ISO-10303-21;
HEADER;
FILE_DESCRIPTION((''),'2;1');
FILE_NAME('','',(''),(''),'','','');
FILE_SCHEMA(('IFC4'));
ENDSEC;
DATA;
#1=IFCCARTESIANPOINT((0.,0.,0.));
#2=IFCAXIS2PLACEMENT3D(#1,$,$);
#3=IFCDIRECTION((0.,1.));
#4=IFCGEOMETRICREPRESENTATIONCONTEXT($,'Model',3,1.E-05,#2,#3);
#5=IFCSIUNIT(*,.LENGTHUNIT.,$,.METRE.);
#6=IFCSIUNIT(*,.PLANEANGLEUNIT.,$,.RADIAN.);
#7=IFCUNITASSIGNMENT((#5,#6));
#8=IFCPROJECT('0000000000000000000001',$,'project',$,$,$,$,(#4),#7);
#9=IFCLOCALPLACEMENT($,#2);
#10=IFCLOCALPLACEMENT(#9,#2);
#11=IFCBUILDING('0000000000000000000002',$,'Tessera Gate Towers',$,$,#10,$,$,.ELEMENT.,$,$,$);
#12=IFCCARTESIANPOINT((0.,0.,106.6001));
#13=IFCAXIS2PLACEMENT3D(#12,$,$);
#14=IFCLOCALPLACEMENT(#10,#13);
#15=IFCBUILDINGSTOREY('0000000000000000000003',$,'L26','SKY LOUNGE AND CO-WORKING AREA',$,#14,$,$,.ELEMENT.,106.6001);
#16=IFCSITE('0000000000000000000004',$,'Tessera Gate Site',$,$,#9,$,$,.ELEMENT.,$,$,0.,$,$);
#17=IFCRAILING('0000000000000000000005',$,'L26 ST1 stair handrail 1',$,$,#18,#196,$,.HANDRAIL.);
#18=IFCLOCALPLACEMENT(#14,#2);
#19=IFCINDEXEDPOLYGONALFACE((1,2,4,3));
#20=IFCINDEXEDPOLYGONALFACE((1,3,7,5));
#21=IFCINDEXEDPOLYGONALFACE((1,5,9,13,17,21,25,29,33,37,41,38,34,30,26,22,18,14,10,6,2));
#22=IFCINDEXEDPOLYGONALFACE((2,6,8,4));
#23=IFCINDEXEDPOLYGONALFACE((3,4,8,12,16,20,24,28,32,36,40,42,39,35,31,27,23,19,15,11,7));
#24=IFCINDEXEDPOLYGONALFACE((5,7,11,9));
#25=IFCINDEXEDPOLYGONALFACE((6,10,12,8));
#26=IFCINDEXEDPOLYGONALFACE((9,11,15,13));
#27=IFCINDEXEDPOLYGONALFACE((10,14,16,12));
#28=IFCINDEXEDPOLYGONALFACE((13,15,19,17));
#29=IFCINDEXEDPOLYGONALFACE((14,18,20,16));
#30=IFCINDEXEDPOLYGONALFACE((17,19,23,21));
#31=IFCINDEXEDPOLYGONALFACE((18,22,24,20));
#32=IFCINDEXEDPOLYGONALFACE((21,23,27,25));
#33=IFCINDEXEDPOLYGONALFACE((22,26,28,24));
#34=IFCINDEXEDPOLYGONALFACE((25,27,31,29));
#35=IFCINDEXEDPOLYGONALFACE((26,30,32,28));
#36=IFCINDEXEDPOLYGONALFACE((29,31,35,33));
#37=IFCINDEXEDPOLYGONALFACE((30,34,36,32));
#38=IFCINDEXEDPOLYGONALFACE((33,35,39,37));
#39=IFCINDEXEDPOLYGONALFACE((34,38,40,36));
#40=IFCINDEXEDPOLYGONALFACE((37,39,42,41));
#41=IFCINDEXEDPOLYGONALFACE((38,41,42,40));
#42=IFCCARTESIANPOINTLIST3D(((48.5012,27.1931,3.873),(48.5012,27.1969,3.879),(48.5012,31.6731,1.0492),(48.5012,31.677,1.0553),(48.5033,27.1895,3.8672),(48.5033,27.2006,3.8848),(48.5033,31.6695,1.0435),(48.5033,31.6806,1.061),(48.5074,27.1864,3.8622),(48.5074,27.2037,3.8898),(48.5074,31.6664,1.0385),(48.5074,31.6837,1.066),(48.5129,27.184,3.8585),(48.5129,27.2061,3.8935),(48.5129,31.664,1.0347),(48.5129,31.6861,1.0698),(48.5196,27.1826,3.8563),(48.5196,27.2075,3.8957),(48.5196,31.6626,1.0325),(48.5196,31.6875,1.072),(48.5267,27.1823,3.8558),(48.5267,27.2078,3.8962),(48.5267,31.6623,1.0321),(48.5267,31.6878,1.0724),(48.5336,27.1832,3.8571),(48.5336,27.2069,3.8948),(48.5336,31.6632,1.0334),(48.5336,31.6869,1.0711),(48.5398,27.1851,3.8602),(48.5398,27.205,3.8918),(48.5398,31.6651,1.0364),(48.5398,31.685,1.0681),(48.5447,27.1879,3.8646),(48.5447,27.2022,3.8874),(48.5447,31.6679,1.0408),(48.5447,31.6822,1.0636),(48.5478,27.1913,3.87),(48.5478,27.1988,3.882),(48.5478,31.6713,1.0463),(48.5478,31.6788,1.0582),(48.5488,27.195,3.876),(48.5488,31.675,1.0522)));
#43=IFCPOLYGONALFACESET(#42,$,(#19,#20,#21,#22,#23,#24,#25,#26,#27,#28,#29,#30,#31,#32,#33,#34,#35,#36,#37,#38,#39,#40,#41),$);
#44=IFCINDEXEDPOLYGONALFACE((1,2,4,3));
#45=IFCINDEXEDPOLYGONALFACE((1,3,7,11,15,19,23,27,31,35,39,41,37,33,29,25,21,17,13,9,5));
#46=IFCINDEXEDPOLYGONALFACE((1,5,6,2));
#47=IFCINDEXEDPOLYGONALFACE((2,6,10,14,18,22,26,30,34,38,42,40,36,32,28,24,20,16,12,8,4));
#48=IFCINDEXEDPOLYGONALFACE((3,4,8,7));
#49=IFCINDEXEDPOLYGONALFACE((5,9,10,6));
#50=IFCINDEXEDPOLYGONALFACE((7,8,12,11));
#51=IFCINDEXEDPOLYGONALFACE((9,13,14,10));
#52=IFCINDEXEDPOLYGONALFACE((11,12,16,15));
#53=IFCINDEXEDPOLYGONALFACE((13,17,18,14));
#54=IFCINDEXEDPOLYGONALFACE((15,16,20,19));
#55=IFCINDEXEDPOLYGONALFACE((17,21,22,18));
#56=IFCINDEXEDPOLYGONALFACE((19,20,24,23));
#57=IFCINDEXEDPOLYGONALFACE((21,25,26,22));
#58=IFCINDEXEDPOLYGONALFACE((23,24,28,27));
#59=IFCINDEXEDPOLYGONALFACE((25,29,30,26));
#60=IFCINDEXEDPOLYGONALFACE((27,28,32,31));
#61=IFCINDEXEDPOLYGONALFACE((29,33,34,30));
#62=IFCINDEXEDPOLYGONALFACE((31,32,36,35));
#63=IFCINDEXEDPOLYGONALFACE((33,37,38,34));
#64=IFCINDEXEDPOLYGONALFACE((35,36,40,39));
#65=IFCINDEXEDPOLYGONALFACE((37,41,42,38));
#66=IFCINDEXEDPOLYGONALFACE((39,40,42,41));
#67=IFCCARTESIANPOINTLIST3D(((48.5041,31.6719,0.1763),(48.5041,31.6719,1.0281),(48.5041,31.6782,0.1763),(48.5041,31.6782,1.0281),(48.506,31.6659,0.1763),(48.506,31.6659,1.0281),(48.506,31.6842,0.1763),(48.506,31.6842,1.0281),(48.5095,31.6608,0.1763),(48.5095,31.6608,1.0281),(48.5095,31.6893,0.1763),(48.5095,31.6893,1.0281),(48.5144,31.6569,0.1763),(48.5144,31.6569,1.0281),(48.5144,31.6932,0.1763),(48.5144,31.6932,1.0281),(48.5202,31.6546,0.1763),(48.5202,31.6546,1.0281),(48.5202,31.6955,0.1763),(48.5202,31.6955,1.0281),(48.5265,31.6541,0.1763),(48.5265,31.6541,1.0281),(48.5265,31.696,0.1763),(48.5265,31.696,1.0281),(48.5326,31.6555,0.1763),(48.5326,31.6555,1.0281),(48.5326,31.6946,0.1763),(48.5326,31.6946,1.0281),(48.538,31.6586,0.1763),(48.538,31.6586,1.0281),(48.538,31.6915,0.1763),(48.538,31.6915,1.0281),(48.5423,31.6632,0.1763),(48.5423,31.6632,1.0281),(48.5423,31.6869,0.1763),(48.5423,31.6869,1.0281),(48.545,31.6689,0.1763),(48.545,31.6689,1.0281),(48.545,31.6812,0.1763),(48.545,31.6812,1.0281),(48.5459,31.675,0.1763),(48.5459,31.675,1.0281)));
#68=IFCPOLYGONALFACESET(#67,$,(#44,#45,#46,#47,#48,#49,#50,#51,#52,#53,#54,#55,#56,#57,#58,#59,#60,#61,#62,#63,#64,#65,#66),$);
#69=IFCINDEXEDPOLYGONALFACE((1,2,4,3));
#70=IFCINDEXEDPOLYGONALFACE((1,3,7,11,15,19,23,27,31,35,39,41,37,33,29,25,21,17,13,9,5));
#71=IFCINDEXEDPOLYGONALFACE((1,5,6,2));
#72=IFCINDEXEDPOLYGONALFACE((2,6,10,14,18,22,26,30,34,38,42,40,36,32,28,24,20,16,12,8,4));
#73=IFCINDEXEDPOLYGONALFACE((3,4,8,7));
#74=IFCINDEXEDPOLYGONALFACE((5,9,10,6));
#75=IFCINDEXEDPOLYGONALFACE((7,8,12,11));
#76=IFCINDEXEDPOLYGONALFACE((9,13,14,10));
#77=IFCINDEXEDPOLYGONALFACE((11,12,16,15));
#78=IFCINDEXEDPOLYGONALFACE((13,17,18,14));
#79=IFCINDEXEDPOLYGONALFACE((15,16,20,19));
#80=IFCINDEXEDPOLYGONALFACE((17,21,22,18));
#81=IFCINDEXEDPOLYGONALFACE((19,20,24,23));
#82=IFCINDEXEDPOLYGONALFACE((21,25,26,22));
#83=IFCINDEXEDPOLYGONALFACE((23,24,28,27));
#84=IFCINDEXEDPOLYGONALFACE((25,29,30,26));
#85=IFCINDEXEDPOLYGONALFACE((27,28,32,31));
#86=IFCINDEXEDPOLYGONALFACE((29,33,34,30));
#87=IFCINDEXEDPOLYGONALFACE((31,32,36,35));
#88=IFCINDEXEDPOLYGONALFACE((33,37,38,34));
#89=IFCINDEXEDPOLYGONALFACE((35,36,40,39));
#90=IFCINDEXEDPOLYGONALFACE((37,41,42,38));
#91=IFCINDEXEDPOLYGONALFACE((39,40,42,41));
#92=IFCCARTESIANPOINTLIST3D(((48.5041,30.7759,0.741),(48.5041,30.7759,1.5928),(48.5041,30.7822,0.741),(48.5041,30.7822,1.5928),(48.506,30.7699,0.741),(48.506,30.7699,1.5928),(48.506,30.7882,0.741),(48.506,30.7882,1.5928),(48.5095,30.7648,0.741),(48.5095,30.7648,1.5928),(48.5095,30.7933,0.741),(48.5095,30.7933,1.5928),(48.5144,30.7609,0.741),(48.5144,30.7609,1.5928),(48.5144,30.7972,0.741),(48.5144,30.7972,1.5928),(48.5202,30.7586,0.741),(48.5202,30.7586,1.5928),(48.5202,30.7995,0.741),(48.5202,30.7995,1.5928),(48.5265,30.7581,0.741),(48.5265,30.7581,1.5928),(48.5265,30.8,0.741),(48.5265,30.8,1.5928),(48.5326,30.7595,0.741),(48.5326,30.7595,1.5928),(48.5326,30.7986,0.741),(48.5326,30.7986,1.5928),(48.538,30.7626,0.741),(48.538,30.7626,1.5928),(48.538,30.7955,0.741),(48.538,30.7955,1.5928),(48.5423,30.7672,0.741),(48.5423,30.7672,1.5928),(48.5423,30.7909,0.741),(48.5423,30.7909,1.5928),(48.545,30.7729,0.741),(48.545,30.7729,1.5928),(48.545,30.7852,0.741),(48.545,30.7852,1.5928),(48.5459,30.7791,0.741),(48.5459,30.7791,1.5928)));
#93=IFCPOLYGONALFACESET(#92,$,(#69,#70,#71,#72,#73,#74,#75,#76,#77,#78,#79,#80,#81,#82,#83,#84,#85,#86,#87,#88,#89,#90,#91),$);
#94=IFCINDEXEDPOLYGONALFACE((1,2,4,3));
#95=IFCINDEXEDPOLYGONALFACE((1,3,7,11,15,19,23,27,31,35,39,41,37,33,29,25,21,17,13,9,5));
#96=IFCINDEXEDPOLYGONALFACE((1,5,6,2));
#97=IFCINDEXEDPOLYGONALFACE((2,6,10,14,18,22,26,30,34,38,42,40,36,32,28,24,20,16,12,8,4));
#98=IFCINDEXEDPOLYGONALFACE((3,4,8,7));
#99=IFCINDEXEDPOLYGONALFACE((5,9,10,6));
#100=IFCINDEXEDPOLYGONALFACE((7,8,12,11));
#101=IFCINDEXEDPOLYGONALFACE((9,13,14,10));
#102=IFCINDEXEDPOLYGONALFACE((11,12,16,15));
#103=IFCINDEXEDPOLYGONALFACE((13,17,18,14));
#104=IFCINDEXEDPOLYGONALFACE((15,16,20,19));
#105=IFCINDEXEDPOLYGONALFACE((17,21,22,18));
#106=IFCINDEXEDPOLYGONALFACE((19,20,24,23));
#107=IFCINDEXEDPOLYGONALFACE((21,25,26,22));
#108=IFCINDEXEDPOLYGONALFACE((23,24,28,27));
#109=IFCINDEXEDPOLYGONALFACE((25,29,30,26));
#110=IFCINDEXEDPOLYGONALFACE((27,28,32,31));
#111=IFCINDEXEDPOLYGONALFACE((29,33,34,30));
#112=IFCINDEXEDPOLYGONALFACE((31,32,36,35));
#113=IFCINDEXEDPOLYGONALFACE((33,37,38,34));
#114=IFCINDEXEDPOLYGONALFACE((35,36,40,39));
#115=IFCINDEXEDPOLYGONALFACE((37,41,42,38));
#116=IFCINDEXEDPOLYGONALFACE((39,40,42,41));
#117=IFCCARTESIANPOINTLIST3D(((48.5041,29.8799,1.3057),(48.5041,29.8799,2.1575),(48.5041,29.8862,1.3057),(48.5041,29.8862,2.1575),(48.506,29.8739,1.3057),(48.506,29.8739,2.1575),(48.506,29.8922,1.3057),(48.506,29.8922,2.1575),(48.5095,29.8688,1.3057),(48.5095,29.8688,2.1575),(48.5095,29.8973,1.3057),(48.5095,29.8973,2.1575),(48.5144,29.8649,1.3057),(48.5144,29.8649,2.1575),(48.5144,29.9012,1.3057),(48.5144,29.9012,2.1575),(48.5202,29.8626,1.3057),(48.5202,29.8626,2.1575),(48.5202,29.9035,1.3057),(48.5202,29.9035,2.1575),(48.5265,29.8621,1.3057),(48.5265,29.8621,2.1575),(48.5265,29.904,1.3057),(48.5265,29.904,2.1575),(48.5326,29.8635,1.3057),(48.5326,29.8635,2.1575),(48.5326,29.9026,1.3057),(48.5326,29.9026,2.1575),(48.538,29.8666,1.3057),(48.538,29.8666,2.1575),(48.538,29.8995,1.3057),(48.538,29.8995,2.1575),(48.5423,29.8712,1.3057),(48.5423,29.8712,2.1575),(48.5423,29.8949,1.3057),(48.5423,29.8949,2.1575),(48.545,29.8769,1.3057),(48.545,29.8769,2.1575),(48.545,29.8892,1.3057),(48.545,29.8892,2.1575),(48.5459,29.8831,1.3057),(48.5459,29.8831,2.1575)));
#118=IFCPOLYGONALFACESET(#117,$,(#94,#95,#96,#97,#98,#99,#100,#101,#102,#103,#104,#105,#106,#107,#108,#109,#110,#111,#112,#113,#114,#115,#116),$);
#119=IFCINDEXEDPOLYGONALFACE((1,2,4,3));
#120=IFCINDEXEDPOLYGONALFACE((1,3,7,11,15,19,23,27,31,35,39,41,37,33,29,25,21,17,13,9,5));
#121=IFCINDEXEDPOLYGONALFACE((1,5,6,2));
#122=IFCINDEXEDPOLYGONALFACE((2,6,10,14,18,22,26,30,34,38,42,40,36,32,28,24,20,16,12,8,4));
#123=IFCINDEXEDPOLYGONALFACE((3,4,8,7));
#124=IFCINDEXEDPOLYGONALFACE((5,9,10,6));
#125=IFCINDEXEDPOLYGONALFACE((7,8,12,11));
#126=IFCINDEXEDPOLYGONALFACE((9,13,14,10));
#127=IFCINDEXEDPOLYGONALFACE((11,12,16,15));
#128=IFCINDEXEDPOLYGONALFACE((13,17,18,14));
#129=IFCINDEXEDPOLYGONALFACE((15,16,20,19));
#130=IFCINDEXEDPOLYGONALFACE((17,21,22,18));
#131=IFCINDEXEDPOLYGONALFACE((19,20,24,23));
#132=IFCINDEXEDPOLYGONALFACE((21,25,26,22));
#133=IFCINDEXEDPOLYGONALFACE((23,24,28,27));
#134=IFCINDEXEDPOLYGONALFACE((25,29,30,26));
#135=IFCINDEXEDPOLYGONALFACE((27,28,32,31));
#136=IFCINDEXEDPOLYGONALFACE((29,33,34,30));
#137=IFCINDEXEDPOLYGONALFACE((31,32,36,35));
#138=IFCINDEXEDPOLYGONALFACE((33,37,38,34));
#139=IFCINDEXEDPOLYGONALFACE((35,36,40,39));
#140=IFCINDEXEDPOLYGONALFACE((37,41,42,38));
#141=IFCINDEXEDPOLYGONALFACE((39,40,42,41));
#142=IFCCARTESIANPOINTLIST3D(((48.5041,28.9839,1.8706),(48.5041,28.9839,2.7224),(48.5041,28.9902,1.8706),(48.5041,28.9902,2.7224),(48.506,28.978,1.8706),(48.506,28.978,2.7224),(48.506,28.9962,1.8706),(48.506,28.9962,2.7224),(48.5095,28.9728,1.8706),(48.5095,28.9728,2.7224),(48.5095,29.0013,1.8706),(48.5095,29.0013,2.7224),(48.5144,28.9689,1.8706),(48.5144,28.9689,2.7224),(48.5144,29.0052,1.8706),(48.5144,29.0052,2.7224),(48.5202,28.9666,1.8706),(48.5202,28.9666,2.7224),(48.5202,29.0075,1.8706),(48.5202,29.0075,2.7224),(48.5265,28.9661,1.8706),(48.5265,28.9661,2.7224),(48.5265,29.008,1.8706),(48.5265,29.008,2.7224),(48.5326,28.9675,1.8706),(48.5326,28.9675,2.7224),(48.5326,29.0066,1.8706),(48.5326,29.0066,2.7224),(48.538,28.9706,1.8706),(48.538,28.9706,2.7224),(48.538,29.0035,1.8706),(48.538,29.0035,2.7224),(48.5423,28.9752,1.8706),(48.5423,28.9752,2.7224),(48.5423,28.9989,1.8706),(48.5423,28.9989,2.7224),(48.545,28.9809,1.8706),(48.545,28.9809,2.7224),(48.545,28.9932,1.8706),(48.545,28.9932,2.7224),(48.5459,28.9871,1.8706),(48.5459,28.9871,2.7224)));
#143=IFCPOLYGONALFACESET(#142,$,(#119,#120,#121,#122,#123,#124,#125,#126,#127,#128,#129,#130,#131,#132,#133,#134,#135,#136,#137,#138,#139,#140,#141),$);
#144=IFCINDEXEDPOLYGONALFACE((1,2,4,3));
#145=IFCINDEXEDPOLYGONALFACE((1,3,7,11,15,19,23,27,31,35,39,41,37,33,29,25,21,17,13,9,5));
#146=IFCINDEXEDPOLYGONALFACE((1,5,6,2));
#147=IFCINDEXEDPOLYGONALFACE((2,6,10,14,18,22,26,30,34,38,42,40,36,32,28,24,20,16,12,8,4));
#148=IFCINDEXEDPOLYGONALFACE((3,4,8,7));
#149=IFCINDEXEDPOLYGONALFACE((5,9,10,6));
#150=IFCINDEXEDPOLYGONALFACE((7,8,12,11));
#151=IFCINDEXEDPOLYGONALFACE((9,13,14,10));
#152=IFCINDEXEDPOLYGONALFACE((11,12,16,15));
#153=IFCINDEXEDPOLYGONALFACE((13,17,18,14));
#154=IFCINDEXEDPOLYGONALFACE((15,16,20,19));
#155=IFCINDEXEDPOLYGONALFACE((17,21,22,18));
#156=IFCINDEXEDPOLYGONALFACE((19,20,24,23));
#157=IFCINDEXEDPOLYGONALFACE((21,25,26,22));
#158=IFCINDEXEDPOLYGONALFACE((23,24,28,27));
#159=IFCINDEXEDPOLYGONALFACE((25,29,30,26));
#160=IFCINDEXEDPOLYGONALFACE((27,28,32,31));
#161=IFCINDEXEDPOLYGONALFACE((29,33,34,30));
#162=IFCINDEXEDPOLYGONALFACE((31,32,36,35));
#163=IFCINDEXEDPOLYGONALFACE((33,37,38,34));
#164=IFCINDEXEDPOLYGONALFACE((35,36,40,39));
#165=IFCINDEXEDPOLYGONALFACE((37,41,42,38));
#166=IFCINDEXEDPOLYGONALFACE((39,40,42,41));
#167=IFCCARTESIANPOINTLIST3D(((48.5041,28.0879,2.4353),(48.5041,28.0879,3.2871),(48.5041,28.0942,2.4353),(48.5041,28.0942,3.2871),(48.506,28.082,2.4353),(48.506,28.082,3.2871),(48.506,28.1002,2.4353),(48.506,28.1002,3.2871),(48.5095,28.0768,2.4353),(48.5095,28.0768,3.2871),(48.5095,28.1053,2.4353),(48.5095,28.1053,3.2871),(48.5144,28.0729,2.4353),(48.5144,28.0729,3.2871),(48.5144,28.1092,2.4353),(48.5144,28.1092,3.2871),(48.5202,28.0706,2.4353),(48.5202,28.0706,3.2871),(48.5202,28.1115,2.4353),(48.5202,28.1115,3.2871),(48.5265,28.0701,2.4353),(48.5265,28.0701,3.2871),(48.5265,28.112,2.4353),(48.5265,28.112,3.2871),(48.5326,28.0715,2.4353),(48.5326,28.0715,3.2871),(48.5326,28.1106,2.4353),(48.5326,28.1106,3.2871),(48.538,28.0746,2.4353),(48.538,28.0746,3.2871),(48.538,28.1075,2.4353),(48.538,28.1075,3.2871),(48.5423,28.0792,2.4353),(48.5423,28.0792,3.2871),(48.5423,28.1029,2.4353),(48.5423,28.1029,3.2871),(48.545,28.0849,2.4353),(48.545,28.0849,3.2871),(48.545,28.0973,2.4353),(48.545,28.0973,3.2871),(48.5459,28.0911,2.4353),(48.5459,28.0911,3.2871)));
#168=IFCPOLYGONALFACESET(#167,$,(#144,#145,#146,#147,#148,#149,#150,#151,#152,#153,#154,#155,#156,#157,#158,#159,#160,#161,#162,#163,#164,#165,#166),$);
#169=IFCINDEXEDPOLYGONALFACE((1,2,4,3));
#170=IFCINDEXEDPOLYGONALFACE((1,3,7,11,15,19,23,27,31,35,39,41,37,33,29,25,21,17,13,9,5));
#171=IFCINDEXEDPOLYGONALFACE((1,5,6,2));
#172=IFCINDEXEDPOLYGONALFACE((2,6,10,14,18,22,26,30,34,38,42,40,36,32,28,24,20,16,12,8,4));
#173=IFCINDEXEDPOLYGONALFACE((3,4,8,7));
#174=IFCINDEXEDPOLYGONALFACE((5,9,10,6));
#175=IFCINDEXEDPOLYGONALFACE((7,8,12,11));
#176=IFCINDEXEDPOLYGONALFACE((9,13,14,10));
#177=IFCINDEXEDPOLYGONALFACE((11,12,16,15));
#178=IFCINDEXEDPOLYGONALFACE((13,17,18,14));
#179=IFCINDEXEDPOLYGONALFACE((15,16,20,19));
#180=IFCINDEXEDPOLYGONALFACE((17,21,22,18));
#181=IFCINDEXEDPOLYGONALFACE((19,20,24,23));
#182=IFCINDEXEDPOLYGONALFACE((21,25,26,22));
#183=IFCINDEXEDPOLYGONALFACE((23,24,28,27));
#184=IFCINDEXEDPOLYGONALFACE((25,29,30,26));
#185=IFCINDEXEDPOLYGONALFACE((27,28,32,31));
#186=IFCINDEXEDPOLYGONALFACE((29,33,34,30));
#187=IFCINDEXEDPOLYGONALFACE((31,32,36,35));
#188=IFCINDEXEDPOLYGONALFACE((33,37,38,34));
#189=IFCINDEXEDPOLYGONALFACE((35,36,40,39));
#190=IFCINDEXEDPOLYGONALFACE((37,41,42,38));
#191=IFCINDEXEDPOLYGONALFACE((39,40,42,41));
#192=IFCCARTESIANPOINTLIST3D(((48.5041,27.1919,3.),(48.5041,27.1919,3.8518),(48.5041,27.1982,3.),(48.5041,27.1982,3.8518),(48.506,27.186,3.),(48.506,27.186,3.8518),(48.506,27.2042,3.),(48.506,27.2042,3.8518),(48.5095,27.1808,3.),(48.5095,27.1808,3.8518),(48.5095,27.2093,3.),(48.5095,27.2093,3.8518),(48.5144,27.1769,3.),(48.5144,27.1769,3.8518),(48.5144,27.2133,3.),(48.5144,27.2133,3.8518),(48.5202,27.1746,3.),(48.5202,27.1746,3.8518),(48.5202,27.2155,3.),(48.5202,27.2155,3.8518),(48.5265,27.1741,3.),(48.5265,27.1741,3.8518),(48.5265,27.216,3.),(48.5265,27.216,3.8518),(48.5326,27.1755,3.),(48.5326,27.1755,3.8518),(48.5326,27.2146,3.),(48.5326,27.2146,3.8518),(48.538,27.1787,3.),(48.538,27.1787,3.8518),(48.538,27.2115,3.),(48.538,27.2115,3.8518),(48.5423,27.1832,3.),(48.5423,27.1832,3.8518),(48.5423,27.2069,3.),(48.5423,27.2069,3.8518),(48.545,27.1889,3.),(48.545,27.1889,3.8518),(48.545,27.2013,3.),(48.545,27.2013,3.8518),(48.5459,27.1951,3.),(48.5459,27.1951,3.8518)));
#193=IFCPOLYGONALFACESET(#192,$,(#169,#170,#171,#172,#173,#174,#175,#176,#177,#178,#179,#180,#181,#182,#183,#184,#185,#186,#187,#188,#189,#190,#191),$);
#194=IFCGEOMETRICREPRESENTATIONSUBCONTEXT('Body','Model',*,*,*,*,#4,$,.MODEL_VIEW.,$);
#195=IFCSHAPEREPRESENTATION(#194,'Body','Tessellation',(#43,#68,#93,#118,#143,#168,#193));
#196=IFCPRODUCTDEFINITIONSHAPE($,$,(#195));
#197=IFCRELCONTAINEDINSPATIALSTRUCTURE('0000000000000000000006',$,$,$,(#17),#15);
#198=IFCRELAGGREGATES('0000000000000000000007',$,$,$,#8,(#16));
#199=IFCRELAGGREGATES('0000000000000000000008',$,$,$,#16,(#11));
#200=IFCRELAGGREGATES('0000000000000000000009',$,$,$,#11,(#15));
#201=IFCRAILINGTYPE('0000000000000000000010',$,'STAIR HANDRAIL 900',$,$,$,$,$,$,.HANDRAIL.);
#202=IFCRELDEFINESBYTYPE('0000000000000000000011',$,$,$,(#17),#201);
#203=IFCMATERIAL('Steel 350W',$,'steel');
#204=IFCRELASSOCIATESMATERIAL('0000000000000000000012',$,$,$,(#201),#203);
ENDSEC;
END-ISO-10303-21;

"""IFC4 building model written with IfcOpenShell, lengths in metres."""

from ifc_helpers import new_model, si_unit, direction, frame, origin, origin_2d, place, context, subcontext, project, spatial, circle, extrude, material, type_object, element, save


model = new_model("IFC4")

# Units and contexts
model_context = context("Model", 3, precision=1e-05, world=origin(), true_north=direction((0.0, 1.0)))
body_context = subcontext(model_context, "Body", "Model", "MODEL_VIEW")
ifc_project = project(units=[si_unit("LENGTHUNIT", "METRE"), si_unit("PLANEANGLEUNIT", "RADIAN")], contexts=[model_context])

# Site, building, storey
site_placement = place(None, origin())
site = spatial("IfcSite", under=ifc_project, at=site_placement, Name="Tessera Gate Site", CompositionType="ELEMENT", RefElevation=0.0)
building_placement = place(site_placement, origin())
building = spatial("IfcBuilding", under=site, at=building_placement, Name="Tessera Gate Towers", CompositionType="ELEMENT")
storey_placement = place(building_placement, frame((0.0, 0.0, 106.6001)))
storey = spatial("IfcBuildingStorey", under=building, at=storey_placement, Name="L26", Description="SKY LOUNGE AND CO-WORKING AREA", CompositionType="ELEMENT", Elevation=106.6001)

# Railing
ifc_material_1 = material(Name="Steel 350W", Category="steel")
railing_type_1 = type_object("IfcRailingType", Name="STAIR HANDRAIL 900", PredefinedType="HANDRAIL", material=ifc_material_1)
railing_1_placement = place(storey_placement, frame((48.5249, 31.675, 0.1763)))
element("IfcRailing", 1, at=railing_1_placement, inside=storey, type_object=railing_type_1, Name="L26 ST1 stair handrail 1", PredefinedType="HANDRAIL", context=body_context, shape_type="SweptSolid", body=[
    extrude(circle(Radius=0.0239, at=origin_2d()), frame((0.0, 0.0, 0.876), z_axis=(0.0, -0.845977, 0.533219), x_axis=(1.0, 0.0, 0.0)), (0.0, 0.0, 1.0), 5.2957),
    extrude(circle(Radius=0.021, at=origin_2d()), origin(), (0.0, 0.0, 1.0), 0.8518),
    extrude(circle(Radius=0.021, at=origin_2d()), frame((0.0, -0.896, 0.5647)), (0.0, 0.0, 1.0), 0.8518),
    extrude(circle(Radius=0.021, at=origin_2d()), frame((0.0, -1.792, 1.1294)), (0.0, 0.0, 1.0), 0.8518),
    extrude(circle(Radius=0.021, at=origin_2d()), frame((0.0, -2.688, 1.6943)), (0.0, 0.0, 1.0), 0.8518),
    extrude(circle(Radius=0.021, at=origin_2d()), frame((0.0, -3.584, 2.259)), (0.0, 0.0, 1.0), 0.8518),
    extrude(circle(Radius=0.021, at=origin_2d()), frame((0.0, -4.48, 2.8237)), (0.0, 0.0, 1.0), 0.8518),
])

save(model, "model.ifc")
